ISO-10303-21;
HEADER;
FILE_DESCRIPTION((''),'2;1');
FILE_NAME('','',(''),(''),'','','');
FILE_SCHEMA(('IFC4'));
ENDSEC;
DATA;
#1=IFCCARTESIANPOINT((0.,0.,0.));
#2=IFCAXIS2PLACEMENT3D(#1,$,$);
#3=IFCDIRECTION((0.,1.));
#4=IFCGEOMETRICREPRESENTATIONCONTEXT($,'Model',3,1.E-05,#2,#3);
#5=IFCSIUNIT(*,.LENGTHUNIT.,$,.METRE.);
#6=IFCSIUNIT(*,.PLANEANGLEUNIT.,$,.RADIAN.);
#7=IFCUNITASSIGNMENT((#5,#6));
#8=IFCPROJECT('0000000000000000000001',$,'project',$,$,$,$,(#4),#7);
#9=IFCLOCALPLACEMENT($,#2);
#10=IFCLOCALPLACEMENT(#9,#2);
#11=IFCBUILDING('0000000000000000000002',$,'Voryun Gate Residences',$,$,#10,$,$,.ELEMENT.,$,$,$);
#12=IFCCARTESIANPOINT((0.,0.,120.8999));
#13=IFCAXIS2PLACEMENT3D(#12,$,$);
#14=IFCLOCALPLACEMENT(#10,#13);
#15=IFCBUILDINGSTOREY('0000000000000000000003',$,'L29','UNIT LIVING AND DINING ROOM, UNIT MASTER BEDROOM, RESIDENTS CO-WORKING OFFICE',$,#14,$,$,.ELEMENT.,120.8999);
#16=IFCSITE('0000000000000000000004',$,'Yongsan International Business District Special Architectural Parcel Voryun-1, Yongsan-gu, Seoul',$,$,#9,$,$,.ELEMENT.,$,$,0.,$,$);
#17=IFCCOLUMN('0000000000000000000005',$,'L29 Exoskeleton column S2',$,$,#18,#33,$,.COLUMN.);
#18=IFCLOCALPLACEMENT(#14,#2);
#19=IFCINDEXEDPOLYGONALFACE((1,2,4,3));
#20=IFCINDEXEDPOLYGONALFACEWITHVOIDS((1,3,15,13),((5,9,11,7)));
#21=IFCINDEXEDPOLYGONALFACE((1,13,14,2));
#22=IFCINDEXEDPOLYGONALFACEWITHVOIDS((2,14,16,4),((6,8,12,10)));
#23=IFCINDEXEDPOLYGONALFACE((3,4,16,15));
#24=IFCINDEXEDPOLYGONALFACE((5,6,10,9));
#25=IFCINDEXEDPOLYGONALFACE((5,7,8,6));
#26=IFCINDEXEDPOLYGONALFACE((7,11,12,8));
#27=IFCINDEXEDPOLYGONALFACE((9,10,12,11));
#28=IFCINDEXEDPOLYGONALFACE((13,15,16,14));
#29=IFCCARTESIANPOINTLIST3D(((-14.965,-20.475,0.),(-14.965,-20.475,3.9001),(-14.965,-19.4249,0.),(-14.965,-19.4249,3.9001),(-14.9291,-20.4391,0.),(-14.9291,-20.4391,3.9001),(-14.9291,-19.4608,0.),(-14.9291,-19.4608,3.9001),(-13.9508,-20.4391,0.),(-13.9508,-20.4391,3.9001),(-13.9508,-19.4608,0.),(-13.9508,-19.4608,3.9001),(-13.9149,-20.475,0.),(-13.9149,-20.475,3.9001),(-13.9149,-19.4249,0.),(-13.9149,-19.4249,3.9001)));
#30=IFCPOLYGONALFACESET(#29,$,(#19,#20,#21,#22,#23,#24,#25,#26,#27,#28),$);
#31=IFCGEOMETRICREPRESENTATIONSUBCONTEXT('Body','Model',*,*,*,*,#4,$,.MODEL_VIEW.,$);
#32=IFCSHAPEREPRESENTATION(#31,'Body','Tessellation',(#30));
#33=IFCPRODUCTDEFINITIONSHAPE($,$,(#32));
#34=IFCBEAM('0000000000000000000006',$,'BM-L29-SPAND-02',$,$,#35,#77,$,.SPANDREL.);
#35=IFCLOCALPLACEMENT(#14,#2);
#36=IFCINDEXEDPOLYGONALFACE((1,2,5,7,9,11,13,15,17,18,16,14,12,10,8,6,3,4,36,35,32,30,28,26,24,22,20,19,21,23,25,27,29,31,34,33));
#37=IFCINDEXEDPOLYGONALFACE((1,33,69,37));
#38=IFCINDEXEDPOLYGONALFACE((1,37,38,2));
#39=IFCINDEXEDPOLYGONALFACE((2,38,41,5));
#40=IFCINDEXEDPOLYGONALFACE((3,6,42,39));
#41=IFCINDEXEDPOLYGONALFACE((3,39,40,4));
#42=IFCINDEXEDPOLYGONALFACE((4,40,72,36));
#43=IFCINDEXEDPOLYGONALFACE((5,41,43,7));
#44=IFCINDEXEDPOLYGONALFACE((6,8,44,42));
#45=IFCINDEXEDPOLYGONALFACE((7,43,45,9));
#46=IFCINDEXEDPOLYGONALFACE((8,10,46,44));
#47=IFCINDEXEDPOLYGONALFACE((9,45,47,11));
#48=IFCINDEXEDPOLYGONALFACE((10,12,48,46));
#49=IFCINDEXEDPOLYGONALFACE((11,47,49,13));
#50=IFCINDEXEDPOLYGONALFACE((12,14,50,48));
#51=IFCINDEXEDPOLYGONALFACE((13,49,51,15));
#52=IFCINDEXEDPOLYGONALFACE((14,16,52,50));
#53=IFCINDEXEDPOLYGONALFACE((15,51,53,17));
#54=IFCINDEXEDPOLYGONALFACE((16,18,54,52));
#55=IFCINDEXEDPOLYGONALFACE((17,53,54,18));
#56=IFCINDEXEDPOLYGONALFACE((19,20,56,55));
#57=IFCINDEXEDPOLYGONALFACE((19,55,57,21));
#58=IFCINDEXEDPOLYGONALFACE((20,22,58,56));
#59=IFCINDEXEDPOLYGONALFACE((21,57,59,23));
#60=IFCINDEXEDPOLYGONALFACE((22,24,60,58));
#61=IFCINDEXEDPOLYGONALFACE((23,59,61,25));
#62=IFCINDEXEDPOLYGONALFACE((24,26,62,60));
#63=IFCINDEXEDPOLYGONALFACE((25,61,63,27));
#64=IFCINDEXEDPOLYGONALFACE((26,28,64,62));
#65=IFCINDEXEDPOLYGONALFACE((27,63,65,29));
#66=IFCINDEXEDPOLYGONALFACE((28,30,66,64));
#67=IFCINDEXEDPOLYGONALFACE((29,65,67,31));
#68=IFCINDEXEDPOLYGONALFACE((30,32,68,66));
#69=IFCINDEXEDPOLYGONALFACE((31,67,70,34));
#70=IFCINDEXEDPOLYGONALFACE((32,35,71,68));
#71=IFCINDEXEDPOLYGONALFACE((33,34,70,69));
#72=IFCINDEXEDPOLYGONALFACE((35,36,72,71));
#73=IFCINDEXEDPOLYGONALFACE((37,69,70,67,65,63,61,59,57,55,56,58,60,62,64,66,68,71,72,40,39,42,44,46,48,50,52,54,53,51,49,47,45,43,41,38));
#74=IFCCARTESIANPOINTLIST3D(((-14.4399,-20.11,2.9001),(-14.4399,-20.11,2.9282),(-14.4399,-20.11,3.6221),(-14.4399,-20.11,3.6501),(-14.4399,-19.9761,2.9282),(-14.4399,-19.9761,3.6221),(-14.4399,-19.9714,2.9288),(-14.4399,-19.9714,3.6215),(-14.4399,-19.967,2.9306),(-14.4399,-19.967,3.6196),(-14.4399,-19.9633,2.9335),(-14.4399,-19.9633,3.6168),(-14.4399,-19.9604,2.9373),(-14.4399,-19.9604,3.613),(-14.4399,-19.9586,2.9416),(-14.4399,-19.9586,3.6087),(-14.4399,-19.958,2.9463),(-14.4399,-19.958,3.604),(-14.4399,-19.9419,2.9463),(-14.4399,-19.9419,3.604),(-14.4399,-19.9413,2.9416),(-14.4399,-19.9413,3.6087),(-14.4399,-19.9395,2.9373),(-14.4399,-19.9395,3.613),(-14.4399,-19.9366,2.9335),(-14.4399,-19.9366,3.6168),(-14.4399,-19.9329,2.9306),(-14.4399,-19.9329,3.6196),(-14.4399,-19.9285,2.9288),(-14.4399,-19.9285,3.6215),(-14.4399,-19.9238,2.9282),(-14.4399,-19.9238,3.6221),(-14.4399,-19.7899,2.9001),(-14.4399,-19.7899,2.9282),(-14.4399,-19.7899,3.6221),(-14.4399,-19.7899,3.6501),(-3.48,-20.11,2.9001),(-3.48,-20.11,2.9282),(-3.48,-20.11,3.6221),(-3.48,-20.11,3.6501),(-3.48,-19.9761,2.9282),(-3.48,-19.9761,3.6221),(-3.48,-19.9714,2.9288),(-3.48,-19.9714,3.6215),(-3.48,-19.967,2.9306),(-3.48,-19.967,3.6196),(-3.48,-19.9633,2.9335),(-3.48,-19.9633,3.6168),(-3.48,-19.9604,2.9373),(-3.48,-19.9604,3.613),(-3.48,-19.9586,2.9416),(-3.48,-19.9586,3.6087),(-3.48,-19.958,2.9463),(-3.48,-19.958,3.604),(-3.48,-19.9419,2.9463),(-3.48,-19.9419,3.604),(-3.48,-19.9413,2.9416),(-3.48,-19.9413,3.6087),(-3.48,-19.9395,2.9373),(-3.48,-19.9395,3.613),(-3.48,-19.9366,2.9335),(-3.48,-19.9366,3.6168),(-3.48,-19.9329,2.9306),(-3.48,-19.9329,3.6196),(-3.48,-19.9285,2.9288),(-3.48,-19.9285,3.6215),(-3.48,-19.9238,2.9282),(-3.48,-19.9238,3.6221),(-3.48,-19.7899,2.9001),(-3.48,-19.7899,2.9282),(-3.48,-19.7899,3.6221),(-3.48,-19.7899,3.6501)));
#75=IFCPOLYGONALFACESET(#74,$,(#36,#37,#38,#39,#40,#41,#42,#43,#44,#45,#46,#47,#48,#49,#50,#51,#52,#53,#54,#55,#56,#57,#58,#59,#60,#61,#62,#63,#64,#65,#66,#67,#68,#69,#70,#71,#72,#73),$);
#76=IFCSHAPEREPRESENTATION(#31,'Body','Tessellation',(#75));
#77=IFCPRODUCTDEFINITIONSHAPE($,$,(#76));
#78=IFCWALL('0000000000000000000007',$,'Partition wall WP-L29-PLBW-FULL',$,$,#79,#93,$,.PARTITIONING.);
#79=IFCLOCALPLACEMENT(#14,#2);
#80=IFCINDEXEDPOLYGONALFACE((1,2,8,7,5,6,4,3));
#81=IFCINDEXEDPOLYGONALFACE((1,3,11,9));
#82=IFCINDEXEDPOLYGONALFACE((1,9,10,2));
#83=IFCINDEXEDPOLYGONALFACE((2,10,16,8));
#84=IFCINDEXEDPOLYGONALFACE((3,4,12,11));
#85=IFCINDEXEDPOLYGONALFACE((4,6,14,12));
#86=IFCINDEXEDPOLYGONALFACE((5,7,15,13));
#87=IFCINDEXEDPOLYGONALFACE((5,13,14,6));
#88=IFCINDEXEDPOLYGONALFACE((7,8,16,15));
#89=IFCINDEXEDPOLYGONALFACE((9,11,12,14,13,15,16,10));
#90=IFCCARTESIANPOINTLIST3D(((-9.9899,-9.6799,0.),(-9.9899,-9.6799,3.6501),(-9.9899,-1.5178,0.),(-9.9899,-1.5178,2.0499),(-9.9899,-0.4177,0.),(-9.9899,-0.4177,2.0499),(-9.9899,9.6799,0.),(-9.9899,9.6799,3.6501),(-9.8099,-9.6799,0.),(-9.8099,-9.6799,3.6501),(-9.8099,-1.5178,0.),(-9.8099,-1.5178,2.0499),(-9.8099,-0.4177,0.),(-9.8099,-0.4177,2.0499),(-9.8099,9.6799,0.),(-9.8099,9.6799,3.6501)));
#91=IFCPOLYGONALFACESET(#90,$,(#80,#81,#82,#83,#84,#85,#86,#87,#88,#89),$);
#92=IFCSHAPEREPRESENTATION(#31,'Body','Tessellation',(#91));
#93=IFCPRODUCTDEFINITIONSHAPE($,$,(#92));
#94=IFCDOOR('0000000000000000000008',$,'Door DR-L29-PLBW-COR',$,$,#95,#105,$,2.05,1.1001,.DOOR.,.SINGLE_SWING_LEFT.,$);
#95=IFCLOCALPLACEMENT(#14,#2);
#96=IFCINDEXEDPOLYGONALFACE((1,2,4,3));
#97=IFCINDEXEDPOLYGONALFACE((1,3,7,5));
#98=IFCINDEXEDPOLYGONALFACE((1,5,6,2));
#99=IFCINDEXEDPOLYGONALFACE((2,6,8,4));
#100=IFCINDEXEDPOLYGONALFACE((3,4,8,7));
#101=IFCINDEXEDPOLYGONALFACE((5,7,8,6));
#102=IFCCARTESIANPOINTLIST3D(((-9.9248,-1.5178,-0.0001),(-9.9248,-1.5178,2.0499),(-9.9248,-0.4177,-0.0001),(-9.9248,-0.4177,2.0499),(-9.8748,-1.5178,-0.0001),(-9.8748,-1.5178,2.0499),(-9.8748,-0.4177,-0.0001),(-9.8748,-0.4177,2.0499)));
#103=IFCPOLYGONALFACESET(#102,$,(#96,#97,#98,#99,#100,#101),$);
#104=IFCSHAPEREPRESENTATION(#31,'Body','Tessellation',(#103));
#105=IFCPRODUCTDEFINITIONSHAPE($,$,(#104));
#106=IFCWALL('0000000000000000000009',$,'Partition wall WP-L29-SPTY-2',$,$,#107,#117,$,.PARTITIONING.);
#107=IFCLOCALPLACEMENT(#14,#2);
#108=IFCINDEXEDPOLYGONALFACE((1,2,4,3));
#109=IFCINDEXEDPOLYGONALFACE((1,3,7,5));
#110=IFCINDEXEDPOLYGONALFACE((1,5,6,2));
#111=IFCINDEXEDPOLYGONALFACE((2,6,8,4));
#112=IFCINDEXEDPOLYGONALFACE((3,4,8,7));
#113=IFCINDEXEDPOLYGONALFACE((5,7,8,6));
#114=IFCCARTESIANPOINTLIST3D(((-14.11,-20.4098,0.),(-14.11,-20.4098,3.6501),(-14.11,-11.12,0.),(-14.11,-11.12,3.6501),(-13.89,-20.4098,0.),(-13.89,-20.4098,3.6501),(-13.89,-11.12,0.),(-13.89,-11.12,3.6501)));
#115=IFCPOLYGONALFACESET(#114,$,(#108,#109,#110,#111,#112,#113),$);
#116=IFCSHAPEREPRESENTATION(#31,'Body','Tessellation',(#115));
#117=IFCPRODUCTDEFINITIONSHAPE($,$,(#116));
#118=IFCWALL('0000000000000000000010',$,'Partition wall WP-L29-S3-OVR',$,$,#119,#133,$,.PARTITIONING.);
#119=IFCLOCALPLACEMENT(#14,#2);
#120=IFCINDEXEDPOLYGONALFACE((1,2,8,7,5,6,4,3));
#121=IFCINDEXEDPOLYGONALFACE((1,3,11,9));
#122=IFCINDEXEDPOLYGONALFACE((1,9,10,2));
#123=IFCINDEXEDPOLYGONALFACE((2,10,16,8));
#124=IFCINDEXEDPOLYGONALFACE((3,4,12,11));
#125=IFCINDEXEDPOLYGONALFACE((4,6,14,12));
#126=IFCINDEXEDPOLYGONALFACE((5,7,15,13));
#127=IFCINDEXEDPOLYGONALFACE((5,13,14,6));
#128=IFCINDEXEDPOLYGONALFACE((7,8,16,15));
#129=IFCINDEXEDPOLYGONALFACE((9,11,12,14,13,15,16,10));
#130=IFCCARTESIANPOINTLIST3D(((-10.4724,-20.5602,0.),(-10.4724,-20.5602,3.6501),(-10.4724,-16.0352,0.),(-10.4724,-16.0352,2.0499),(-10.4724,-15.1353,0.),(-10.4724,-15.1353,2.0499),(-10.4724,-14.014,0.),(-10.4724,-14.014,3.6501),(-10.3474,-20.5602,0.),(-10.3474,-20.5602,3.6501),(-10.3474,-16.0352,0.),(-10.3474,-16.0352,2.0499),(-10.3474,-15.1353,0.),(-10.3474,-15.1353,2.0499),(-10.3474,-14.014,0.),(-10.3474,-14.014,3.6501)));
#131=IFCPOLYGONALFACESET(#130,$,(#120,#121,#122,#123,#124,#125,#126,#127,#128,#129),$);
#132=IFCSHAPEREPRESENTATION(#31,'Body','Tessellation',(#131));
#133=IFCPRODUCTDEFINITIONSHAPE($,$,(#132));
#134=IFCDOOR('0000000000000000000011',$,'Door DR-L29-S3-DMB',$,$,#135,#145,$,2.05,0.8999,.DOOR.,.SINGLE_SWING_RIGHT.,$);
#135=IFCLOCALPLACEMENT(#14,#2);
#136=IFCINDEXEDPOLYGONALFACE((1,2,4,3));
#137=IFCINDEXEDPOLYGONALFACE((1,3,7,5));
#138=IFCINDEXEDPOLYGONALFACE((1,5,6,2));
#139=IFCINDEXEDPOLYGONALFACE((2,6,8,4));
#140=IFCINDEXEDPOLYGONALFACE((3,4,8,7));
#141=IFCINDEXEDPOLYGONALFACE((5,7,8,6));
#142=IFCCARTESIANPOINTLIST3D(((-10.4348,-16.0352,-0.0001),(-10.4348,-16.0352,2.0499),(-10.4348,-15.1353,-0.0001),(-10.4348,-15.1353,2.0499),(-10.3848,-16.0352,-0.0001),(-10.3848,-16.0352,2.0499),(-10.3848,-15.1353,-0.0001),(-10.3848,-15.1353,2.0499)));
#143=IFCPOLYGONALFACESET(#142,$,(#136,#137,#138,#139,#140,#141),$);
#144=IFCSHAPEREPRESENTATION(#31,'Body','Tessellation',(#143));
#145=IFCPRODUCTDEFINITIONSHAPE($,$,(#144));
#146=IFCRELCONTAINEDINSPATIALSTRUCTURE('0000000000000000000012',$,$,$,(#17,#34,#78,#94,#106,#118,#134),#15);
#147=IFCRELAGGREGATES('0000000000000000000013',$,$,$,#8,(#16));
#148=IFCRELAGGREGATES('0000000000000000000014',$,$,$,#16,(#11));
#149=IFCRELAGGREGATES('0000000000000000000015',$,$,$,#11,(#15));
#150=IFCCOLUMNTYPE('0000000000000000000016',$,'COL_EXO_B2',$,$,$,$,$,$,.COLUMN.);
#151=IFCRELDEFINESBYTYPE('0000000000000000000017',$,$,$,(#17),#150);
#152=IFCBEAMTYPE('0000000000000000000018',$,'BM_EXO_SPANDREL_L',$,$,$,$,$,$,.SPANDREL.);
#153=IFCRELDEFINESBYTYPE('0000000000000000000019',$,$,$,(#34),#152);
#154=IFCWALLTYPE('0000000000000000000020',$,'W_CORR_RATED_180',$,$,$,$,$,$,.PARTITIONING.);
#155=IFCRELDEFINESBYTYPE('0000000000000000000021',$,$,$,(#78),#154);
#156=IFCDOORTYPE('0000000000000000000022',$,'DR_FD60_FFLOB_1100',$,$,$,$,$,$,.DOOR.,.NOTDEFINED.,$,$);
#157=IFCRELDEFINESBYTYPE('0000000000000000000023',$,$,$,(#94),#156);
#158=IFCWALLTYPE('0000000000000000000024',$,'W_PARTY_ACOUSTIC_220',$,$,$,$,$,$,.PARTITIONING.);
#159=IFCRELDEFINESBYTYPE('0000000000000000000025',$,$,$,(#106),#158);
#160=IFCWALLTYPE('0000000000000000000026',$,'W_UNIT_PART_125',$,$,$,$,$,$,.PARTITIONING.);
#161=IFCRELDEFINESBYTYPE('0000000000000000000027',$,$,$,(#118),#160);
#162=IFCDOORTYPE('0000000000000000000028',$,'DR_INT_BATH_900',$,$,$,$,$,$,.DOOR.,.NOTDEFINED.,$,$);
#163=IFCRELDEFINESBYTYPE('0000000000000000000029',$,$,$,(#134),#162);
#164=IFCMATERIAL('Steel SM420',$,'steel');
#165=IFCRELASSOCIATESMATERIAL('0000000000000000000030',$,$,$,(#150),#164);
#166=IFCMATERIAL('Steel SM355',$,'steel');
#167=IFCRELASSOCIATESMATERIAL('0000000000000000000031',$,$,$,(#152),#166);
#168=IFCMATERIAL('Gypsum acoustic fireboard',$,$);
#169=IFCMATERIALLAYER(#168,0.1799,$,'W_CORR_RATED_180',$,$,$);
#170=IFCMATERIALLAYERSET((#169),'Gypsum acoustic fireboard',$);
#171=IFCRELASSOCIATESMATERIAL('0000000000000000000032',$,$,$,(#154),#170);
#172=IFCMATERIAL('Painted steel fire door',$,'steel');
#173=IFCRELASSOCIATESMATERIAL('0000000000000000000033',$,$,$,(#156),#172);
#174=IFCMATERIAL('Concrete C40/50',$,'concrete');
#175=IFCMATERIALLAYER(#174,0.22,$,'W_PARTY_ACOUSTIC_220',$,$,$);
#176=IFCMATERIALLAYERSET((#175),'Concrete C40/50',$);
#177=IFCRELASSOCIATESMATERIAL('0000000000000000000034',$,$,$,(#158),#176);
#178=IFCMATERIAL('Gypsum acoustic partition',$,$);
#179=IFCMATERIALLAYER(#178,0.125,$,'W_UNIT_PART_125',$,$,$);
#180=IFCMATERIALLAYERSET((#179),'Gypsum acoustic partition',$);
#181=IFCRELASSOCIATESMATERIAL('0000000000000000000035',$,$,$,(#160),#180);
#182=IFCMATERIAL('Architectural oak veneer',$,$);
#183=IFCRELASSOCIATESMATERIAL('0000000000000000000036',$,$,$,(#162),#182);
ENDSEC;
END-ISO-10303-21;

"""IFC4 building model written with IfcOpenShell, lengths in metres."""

from ifc_helpers import new_model, si_unit, direction, frame, frame_2d, origin, origin_2d, place, context, subcontext, project, spatial, rectangle, hollow_rectangle, i_section, extrude, material, layer, layer_set, material_profile, profile_set, type_object, element, fill, save


model = new_model("IFC4")

# Units and contexts
model_context = context("Model", 3, precision=1e-05, world=origin(), true_north=direction((0.0, 1.0)))
body_context = subcontext(model_context, "Body", "Model", "MODEL_VIEW")
ifc_project = project(units=[si_unit("LENGTHUNIT", "METRE"), si_unit("PLANEANGLEUNIT", "RADIAN")], contexts=[model_context])

# Site, building, storey
site_placement = place(None, origin())
site = spatial("IfcSite", under=ifc_project, at=site_placement, Name="Yongsan International Business District Special Architectural Parcel Voryun-1, Yongsan-gu, Seoul", CompositionType="ELEMENT", RefElevation=0.0)
building_placement = place(site_placement, origin())
building = spatial("IfcBuilding", under=site, at=building_placement, Name="Voryun Gate Residences", CompositionType="ELEMENT")
storey_placement = place(building_placement, frame((0.0, 0.0, 120.8999)))
storey = spatial("IfcBuildingStorey", under=building, at=storey_placement, Name="L29", Description="UNIT LIVING AND DINING ROOM, UNIT MASTER BEDROOM, RESIDENTS CO-WORKING OFFICE", CompositionType="ELEMENT", Elevation=120.8999)

# Column
ifc_material_1 = material(Name="Steel SM420", Category="steel")
ifc_material_profile_1 = material_profile(ifc_material_1, hollow_rectangle(XDim=1.05, YDim=1.05, WallThickness=0.0359, at=origin_2d()), Name="BOX-1050x1050x36")
ifc_profile_set_1 = profile_set([ifc_material_profile_1], Name="Steel SM420")
column_type = type_object("IfcColumnType", Name="COL_EXO_B2", PredefinedType="COLUMN", material=ifc_profile_set_1)
column_placement = place(storey_placement, frame((-14.4399, -19.95, 0.0), z_axis=(0.0, 0.0, 1.0), x_axis=(1.0, 0.0, 0.0)))
element("IfcColumn", 1, at=column_placement, inside=storey, type_object=column_type, Name="L29 Exoskeleton column S2", PredefinedType="COLUMN", context=body_context, shape_type="SweptSolid", body=[
    extrude(hollow_rectangle(XDim=1.05, YDim=1.05, WallThickness=0.0359, at=origin_2d()), origin(), (0.0, 0.0, 1.0), 3.9001),
])

# Beam
ifc_material_2 = material(Name="Steel SM355", Category="steel")
ifc_material_profile_2 = material_profile(ifc_material_2, i_section(OverallWidth=0.3201, OverallDepth=0.75, WebThickness=0.0161, FlangeThickness=0.0281, FilletRadius=0.0181, at=origin_2d()), Name="H-750x320x16x28")
ifc_profile_set_2 = profile_set([ifc_material_profile_2], Name="Steel SM355")
beam_type = type_object("IfcBeamType", Name="BM_EXO_SPANDREL_L", PredefinedType="SPANDREL", material=ifc_profile_set_2)
beam_placement = place(storey_placement, frame((-14.4399, -19.95, 3.2751), z_axis=(1.0, 0.0, 0.0), x_axis=(0.0, 1.0, 0.0)))
element("IfcBeam", 2, at=beam_placement, inside=storey, type_object=beam_type, Name="BM-L29-SPAND-02", PredefinedType="SPANDREL", context=body_context, shape_type="SweptSolid", body=[
    extrude(i_section(OverallWidth=0.3201, OverallDepth=0.75, WebThickness=0.0161, FlangeThickness=0.0281, FilletRadius=0.0181, at=origin_2d()), origin(), (0.0, 0.0, 1.0), 10.96),
])

# Wall, opening, door
ifc_material_3 = material(Name="Gypsum acoustic fireboard")
ifc_layer_1 = layer(ifc_material_3, 0.1799, Name="W_CORR_RATED_180")
ifc_layer_set_1 = layer_set([ifc_layer_1], Name="Gypsum acoustic fireboard")
wall_type_1 = type_object("IfcWallType", Name="W_CORR_RATED_180", PredefinedType="PARTITIONING", material=ifc_layer_set_1)
wall_1_placement = place(storey_placement, frame((-9.8999, -9.6799, 0.0), z_axis=(0.0, 0.0, 1.0), x_axis=(0.0, 1.0, 0.0)))
wall_1 = element("IfcWall", 3, at=wall_1_placement, inside=storey, type_object=wall_type_1, Name="Partition wall WP-L29-PLBW-FULL", PredefinedType="PARTITIONING", context=body_context, shape_type="SweptSolid", body=[
    extrude(rectangle(XDim=19.3599, YDim=0.1799, at=frame_2d((9.6799, 0.0))), origin(), (0.0, 0.0, 1.0), 3.6501),
])
opening_1_placement = place(wall_1_placement, frame((8.1621, 0.0, 0.0)))
opening_1 = element("IfcOpeningElement", 4, at=opening_1_placement, cuts=wall_1, PredefinedType="OPENING", context=body_context, shape_type="SweptSolid", body=[
    extrude(rectangle(XDim=1.1001, YDim=2.05, at=frame_2d((0.55, 1.0249))), frame((0.0, 0.0999, 0.0), z_axis=(0.0, -1.0, 0.0), x_axis=(1.0, 0.0, 0.0)), (0.0, 0.0, 1.0), 0.2),
])
ifc_material_4 = material(Name="Painted steel fire door", Category="steel")
door_type_1 = type_object("IfcDoorType", Name="DR_FD60_FFLOB_1100", OperationType="NOTDEFINED", PredefinedType="DOOR", material=ifc_material_4)
door_1_placement = place(opening_1_placement, origin())
door_1 = element("IfcDoor", 5, at=door_1_placement, inside=storey, type_object=door_type_1, Name="Door DR-L29-PLBW-COR", OperationType="SINGLE_SWING_LEFT", OverallHeight=2.05, OverallWidth=1.1001, PredefinedType="DOOR", context=body_context, shape_type="SweptSolid", body=[
    extrude(rectangle(XDim=1.1001, YDim=2.05, at=frame_2d((0.55, 1.0249))), frame((0.0, 0.0249, 0.0), z_axis=(0.0, -1.0, 0.0), x_axis=(1.0, 0.0, 0.0)), (0.0, 0.0, 1.0), 0.05),
])
fill(opening_1, door_1)

# Wall
ifc_material_5 = material(Name="Concrete C40/50", Category="concrete")
ifc_layer_2 = layer(ifc_material_5, 0.22, Name="W_PARTY_ACOUSTIC_220")
ifc_layer_set_2 = layer_set([ifc_layer_2], Name="Concrete C40/50")
wall_type_2 = type_object("IfcWallType", Name="W_PARTY_ACOUSTIC_220", PredefinedType="PARTITIONING", material=ifc_layer_set_2)
wall_2_placement = place(storey_placement, frame((-14.0, -20.4099, 0.0), z_axis=(0.0, 0.0, 1.0), x_axis=(0.0, 1.0, 0.0)))
element("IfcWall", 6, at=wall_2_placement, inside=storey, type_object=wall_type_2, Name="Partition wall WP-L29-SPTY-2", PredefinedType="PARTITIONING", context=body_context, shape_type="SweptSolid", body=[
    extrude(rectangle(XDim=9.2898, YDim=0.22, at=frame_2d((4.645, 0.0))), origin(), (0.0, 0.0, 1.0), 3.6501),
])

# Wall, opening, door
ifc_material_6 = material(Name="Gypsum acoustic partition")
ifc_layer_3 = layer(ifc_material_6, 0.125, Name="W_UNIT_PART_125")
ifc_layer_set_3 = layer_set([ifc_layer_3], Name="Gypsum acoustic partition")
wall_type_3 = type_object("IfcWallType", Name="W_UNIT_PART_125", PredefinedType="PARTITIONING", material=ifc_layer_set_3)
wall_3_placement = place(storey_placement, frame((-10.4099, -20.5601, 0.0), z_axis=(0.0, 0.0, 1.0), x_axis=(0.0, 1.0, 0.0)))
wall_3 = element("IfcWall", 7, at=wall_3_placement, inside=storey, type_object=wall_type_3, Name="Partition wall WP-L29-S3-OVR", PredefinedType="PARTITIONING", context=body_context, shape_type="SweptSolid", body=[
    extrude(rectangle(XDim=6.5461, YDim=0.125, at=frame_2d((3.2729, 0.0))), origin(), (0.0, 0.0, 1.0), 3.6501),
])
opening_2_placement = place(wall_3_placement, frame((4.5249, 0.0, 0.0)))
opening_2 = element("IfcOpeningElement", 8, at=opening_2_placement, cuts=wall_3, PredefinedType="OPENING", context=body_context, shape_type="SweptSolid", body=[
    extrude(rectangle(XDim=0.8999, YDim=2.05, at=frame_2d((0.45, 1.0249))), frame((0.0, 0.0725, 0.0), z_axis=(0.0, -1.0, 0.0), x_axis=(1.0, 0.0, 0.0)), (0.0, 0.0, 1.0), 0.145),
])
ifc_material_7 = material(Name="Architectural oak veneer")
door_type_2 = type_object("IfcDoorType", Name="DR_INT_BATH_900", OperationType="NOTDEFINED", PredefinedType="DOOR", material=ifc_material_7)
door_2_placement = place(opening_2_placement, origin())
door_2 = element("IfcDoor", 9, at=door_2_placement, inside=storey, type_object=door_type_2, Name="Door DR-L29-S3-DMB", OperationType="SINGLE_SWING_RIGHT", OverallHeight=2.05, OverallWidth=0.8999, PredefinedType="DOOR", context=body_context, shape_type="SweptSolid", body=[
    extrude(rectangle(XDim=0.8999, YDim=2.05, at=frame_2d((0.45, 1.0249))), frame((0.0, 0.0249, 0.0), z_axis=(0.0, -1.0, 0.0), x_axis=(1.0, 0.0, 0.0)), (0.0, 0.0, 1.0), 0.05),
])
fill(opening_2, door_2)

save(model, "model.ifc")
